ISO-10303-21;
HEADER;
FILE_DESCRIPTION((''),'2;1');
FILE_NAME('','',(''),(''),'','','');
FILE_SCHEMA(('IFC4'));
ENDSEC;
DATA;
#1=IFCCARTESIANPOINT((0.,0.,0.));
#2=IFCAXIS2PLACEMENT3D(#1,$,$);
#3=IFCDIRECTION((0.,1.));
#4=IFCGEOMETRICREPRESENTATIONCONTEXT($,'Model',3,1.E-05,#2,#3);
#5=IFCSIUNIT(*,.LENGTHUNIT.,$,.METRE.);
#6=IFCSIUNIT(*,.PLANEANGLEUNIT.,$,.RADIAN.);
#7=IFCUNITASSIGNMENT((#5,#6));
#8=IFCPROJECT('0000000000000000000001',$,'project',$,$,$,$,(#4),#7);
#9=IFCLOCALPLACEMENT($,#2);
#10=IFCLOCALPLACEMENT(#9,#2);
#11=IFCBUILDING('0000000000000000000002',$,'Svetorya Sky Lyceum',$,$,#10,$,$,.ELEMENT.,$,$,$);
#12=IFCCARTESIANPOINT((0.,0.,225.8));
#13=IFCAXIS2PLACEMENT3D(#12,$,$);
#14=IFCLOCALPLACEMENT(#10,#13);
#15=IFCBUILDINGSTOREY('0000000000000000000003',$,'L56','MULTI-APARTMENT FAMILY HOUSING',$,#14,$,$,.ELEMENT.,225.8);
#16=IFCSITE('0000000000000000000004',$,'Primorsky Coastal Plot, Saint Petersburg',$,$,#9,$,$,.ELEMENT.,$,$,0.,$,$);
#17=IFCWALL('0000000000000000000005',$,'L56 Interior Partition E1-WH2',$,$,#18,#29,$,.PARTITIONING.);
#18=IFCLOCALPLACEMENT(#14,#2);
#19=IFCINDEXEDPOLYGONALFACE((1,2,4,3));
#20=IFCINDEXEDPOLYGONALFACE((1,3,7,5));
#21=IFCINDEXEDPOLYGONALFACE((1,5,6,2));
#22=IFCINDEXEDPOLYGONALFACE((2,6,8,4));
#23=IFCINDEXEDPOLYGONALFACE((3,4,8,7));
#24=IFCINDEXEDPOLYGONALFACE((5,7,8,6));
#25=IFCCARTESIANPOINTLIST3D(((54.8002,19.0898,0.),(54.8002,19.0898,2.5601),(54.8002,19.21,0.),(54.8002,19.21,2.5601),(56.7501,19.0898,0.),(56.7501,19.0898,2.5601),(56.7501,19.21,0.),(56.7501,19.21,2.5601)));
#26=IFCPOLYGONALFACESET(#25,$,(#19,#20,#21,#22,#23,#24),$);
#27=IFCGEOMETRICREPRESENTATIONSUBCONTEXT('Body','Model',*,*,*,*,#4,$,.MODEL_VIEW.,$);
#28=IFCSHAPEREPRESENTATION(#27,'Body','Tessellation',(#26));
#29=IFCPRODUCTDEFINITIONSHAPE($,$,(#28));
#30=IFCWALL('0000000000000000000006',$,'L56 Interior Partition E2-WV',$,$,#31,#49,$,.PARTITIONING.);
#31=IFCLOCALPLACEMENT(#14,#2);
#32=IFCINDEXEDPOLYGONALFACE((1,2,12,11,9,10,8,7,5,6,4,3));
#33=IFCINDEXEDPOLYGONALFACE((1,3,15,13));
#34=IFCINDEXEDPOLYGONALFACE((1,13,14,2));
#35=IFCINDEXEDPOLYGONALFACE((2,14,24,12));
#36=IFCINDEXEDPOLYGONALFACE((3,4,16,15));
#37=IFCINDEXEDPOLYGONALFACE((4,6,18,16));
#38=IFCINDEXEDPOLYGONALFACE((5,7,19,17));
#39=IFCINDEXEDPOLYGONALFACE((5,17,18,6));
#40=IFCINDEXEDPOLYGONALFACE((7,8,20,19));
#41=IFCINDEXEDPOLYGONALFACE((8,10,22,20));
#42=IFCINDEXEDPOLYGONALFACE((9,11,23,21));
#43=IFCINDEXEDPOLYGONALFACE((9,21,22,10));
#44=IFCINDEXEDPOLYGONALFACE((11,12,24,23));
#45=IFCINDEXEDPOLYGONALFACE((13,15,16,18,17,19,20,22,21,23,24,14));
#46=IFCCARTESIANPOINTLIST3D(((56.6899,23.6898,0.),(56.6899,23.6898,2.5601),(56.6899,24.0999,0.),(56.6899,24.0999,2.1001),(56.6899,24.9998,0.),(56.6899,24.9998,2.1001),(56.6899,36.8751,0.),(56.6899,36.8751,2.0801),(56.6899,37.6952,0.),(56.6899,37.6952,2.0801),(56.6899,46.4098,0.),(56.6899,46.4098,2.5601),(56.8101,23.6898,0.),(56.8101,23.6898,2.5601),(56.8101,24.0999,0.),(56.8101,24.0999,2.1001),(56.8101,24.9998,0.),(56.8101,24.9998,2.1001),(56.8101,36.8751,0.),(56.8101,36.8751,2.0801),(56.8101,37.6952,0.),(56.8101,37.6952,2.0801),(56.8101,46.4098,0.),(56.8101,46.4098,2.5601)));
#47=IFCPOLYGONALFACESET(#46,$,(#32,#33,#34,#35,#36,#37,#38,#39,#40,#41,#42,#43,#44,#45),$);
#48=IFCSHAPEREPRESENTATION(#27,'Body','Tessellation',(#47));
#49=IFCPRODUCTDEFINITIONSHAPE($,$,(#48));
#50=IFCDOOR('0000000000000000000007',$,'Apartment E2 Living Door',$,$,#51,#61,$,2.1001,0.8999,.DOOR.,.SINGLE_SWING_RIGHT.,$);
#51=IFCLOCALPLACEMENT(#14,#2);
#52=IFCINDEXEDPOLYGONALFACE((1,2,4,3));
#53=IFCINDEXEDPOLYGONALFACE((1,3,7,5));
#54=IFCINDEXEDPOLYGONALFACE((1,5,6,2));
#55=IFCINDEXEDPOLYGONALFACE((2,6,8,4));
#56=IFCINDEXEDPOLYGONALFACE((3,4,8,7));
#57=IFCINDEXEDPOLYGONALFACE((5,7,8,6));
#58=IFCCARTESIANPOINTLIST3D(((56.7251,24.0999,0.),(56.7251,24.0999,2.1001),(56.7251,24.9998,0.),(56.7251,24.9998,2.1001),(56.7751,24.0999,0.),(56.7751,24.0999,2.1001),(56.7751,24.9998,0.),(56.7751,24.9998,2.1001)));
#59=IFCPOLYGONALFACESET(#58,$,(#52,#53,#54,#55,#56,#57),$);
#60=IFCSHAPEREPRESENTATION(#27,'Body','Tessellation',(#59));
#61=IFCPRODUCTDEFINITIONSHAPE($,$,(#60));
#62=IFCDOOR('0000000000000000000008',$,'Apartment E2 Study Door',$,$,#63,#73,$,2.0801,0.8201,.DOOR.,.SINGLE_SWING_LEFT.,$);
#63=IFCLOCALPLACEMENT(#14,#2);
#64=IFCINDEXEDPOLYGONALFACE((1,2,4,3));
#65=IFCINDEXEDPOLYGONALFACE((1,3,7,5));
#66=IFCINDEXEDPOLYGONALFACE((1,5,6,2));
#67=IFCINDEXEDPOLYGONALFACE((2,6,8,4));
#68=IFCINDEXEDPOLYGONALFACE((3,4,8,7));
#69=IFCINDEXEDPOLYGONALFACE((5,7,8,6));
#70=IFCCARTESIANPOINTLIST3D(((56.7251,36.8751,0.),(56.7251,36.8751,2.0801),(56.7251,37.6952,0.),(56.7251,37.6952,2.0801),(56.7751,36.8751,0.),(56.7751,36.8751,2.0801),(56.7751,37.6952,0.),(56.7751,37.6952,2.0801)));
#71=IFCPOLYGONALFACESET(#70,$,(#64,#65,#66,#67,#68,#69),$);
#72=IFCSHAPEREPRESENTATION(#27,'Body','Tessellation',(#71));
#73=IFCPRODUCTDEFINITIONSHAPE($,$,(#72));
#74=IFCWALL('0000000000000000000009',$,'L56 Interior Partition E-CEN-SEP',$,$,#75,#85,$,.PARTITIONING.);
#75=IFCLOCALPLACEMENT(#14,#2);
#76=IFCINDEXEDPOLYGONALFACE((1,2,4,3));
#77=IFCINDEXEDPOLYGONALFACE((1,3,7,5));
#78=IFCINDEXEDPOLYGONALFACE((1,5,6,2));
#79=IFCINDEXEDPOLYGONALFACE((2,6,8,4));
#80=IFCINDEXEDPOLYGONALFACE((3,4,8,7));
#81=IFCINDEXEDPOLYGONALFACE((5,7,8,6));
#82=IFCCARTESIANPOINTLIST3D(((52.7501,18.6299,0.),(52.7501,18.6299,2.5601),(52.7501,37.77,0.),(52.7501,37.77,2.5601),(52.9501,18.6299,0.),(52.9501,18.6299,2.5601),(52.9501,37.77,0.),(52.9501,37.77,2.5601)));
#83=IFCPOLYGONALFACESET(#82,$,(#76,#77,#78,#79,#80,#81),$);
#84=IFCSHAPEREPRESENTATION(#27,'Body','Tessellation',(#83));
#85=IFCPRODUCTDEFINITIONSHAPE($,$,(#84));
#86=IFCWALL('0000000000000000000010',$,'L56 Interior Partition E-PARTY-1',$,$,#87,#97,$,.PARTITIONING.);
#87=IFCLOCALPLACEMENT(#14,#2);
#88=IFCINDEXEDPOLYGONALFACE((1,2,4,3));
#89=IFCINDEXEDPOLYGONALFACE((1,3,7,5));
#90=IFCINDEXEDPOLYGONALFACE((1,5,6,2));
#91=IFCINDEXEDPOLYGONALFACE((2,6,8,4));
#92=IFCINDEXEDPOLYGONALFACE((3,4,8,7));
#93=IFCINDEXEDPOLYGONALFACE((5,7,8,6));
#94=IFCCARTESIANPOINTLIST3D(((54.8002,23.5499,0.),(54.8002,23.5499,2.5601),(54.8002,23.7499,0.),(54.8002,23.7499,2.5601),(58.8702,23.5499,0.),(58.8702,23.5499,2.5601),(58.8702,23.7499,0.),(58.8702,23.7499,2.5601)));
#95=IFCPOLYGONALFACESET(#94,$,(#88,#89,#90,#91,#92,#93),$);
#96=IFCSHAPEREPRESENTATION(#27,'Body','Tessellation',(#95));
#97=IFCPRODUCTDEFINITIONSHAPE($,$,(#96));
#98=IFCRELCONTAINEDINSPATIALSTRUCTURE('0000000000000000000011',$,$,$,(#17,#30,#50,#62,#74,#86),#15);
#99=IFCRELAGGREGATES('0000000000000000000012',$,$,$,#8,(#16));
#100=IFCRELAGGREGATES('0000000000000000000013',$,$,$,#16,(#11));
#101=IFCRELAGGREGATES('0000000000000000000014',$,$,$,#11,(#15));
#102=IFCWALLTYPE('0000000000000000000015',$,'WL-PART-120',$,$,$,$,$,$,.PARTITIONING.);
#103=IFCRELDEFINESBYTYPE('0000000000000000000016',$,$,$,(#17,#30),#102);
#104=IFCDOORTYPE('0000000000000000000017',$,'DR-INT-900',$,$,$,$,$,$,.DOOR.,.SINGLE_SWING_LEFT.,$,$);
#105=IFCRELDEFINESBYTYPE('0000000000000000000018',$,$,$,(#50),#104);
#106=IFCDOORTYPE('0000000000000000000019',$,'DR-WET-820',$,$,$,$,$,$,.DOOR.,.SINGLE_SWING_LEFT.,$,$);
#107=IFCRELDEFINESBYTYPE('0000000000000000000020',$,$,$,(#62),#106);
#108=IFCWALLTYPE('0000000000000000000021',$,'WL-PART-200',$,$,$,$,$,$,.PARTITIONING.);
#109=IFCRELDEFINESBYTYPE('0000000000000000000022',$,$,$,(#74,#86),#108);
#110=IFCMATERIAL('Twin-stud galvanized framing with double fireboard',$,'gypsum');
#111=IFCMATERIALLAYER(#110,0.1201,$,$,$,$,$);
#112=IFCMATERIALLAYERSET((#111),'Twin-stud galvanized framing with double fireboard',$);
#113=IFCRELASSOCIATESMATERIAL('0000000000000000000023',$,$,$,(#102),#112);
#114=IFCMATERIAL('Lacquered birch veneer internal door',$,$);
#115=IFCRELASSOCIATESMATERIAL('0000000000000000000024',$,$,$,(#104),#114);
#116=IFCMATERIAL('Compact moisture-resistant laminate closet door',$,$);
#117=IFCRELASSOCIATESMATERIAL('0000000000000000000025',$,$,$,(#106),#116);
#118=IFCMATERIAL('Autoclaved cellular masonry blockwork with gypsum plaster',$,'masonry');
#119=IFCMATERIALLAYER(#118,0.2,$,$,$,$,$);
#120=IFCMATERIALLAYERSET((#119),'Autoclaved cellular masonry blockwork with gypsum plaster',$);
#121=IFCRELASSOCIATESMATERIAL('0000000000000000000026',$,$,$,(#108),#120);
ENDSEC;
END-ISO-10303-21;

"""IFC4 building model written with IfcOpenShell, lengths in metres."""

from ifc_helpers import new_model, si_unit, direction, frame, frame_2d, origin, place, context, subcontext, project, spatial, rectangle, extrude, material, layer, layer_set, type_object, element, fill, save


model = new_model("IFC4")

# Units and contexts
model_context = context("Model", 3, precision=1e-05, world=origin(), true_north=direction((0.0, 1.0)))
body_context = subcontext(model_context, "Body", "Model", "MODEL_VIEW")
ifc_project = project(units=[si_unit("LENGTHUNIT", "METRE"), si_unit("PLANEANGLEUNIT", "RADIAN")], contexts=[model_context])

# Site, building, storey
site_placement = place(None, origin())
site = spatial("IfcSite", under=ifc_project, at=site_placement, Name="Primorsky Coastal Plot, Saint Petersburg", CompositionType="ELEMENT", RefElevation=0.0)
building_placement = place(site_placement, origin())
building = spatial("IfcBuilding", under=site, at=building_placement, Name="Svetorya Sky Lyceum", CompositionType="ELEMENT")
storey_placement = place(building_placement, frame((0.0, 0.0, 225.8)))
storey = spatial("IfcBuildingStorey", under=building, at=storey_placement, Name="L56", Description="MULTI-APARTMENT FAMILY HOUSING", CompositionType="ELEMENT", Elevation=225.8)

# Shared definitions
ifc_material_1 = material(Name="Twin-stud galvanized framing with double fireboard", Category="gypsum")
ifc_layer_1 = layer(ifc_material_1, 0.1201)
ifc_layer_set_1 = layer_set([ifc_layer_1], Name="Twin-stud galvanized framing with double fireboard")
wall_type_1 = type_object("IfcWallType", Name="WL-PART-120", PredefinedType="PARTITIONING", material=ifc_layer_set_1)

# Wall
wall_1_placement = place(storey_placement, frame((54.8, 19.1499, 0.0), z_axis=(0.0, 0.0, 1.0), x_axis=(1.0, 0.0, 0.0)))
element("IfcWall", 1, at=wall_1_placement, inside=storey, type_object=wall_type_1, Name="L56 Interior Partition E1-WH2", PredefinedType="PARTITIONING", context=body_context, shape_type="SweptSolid", body=[
    extrude(rectangle(XDim=1.95, YDim=0.1201, at=frame_2d((0.9751, 0.0))), origin(), (0.0, 0.0, 1.0), 2.5601),
])

# Wall, openings, doors
wall_2_placement = place(storey_placement, frame((56.75, 23.6899, 0.0), z_axis=(0.0, 0.0, 1.0), x_axis=(0.0, 1.0, 0.0)))
wall_2 = element("IfcWall", 2, at=wall_2_placement, inside=storey, type_object=wall_type_1, Name="L56 Interior Partition E2-WV", PredefinedType="PARTITIONING", context=body_context, shape_type="SweptSolid", body=[
    extrude(rectangle(XDim=22.72, YDim=0.1201, at=frame_2d((11.3599, 0.0))), origin(), (0.0, 0.0, 1.0), 2.5601),
])
opening_1_placement = place(wall_2_placement, frame((0.4099, 0.0, 0.0)))
opening_1 = element("IfcOpeningElement", 3, at=opening_1_placement, cuts=wall_2, PredefinedType="OPENING", context=body_context, shape_type="SweptSolid", body=[
    extrude(rectangle(XDim=0.8999, YDim=2.1001, at=frame_2d((0.45, 1.05))), frame((0.0, 0.0701, 0.0), z_axis=(0.0, -1.0, 0.0), x_axis=(1.0, 0.0, 0.0)), (0.0, 0.0, 1.0), 0.1401),
])
opening_2_placement = place(wall_2_placement, frame((13.1851, 0.0, 0.0)))
opening_2 = element("IfcOpeningElement", 4, at=opening_2_placement, cuts=wall_2, PredefinedType="OPENING", context=body_context, shape_type="SweptSolid", body=[
    extrude(rectangle(XDim=0.8201, YDim=2.0801, at=frame_2d((0.4102, 1.04))), frame((0.0, 0.0701, 0.0), z_axis=(0.0, -1.0, 0.0), x_axis=(1.0, 0.0, 0.0)), (0.0, 0.0, 1.0), 0.1401),
])
ifc_material_2 = material(Name="Lacquered birch veneer internal door")
door_type_1 = type_object("IfcDoorType", Name="DR-INT-900", OperationType="SINGLE_SWING_LEFT", PredefinedType="DOOR", material=ifc_material_2)
door_1_placement = place(opening_1_placement, origin())
door_1 = element("IfcDoor", 5, at=door_1_placement, inside=storey, type_object=door_type_1, Name="Apartment E2 Living Door", OperationType="SINGLE_SWING_RIGHT", OverallHeight=2.1001, OverallWidth=0.8999, PredefinedType="DOOR", context=body_context, shape_type="SweptSolid", body=[
    extrude(rectangle(XDim=0.8999, YDim=2.1001, at=frame_2d((0.45, 1.05))), frame((0.0, 0.0249, 0.0), z_axis=(0.0, -1.0, 0.0), x_axis=(1.0, 0.0, 0.0)), (0.0, 0.0, 1.0), 0.05),
])
fill(opening_1, door_1)
ifc_material_3 = material(Name="Compact moisture-resistant laminate closet door")
door_type_2 = type_object("IfcDoorType", Name="DR-WET-820", OperationType="SINGLE_SWING_LEFT", PredefinedType="DOOR", material=ifc_material_3)
door_2_placement = place(opening_2_placement, origin())
door_2 = element("IfcDoor", 6, at=door_2_placement, inside=storey, type_object=door_type_2, Name="Apartment E2 Study Door", OperationType="SINGLE_SWING_LEFT", OverallHeight=2.0801, OverallWidth=0.8201, PredefinedType="DOOR", context=body_context, shape_type="SweptSolid", body=[
    extrude(rectangle(XDim=0.8201, YDim=2.0801, at=frame_2d((0.4102, 1.04))), frame((0.0, 0.0249, 0.0), z_axis=(0.0, -1.0, 0.0), x_axis=(1.0, 0.0, 0.0)), (0.0, 0.0, 1.0), 0.05),
])
fill(opening_2, door_2)

# Walls
ifc_material_4 = material(Name="Autoclaved cellular masonry blockwork with gypsum plaster", Category="masonry")
ifc_layer_2 = layer(ifc_material_4, 0.2)
ifc_layer_set_2 = layer_set([ifc_layer_2], Name="Autoclaved cellular masonry blockwork with gypsum plaster")
wall_type_2 = type_object("IfcWallType", Name="WL-PART-200", PredefinedType="PARTITIONING", material=ifc_layer_set_2)
wall_3_placement = place(storey_placement, frame((52.8501, 18.6299, 0.0), z_axis=(0.0, 0.0, 1.0), x_axis=(0.0, 1.0, 0.0)))
element("IfcWall", 7, at=wall_3_placement, inside=storey, type_object=wall_type_2, Name="L56 Interior Partition E-CEN-SEP", PredefinedType="PARTITIONING", context=body_context, shape_type="SweptSolid", body=[
    extrude(rectangle(XDim=19.1401, YDim=0.2, at=frame_2d((9.5701, 0.0))), origin(), (0.0, 0.0, 1.0), 2.5601),
])
wall_4_placement = place(storey_placement, frame((54.8, 23.6499, 0.0), z_axis=(0.0, 0.0, 1.0), x_axis=(1.0, 0.0, 0.0)))
element("IfcWall", 8, at=wall_4_placement, inside=storey, type_object=wall_type_2, Name="L56 Interior Partition E-PARTY-1", PredefinedType="PARTITIONING", context=body_context, shape_type="SweptSolid", body=[
    extrude(rectangle(XDim=4.0701, YDim=0.2, at=frame_2d((2.0352, 0.0))), origin(), (0.0, 0.0, 1.0), 2.5601),
])

save(model, "model.ifc")
